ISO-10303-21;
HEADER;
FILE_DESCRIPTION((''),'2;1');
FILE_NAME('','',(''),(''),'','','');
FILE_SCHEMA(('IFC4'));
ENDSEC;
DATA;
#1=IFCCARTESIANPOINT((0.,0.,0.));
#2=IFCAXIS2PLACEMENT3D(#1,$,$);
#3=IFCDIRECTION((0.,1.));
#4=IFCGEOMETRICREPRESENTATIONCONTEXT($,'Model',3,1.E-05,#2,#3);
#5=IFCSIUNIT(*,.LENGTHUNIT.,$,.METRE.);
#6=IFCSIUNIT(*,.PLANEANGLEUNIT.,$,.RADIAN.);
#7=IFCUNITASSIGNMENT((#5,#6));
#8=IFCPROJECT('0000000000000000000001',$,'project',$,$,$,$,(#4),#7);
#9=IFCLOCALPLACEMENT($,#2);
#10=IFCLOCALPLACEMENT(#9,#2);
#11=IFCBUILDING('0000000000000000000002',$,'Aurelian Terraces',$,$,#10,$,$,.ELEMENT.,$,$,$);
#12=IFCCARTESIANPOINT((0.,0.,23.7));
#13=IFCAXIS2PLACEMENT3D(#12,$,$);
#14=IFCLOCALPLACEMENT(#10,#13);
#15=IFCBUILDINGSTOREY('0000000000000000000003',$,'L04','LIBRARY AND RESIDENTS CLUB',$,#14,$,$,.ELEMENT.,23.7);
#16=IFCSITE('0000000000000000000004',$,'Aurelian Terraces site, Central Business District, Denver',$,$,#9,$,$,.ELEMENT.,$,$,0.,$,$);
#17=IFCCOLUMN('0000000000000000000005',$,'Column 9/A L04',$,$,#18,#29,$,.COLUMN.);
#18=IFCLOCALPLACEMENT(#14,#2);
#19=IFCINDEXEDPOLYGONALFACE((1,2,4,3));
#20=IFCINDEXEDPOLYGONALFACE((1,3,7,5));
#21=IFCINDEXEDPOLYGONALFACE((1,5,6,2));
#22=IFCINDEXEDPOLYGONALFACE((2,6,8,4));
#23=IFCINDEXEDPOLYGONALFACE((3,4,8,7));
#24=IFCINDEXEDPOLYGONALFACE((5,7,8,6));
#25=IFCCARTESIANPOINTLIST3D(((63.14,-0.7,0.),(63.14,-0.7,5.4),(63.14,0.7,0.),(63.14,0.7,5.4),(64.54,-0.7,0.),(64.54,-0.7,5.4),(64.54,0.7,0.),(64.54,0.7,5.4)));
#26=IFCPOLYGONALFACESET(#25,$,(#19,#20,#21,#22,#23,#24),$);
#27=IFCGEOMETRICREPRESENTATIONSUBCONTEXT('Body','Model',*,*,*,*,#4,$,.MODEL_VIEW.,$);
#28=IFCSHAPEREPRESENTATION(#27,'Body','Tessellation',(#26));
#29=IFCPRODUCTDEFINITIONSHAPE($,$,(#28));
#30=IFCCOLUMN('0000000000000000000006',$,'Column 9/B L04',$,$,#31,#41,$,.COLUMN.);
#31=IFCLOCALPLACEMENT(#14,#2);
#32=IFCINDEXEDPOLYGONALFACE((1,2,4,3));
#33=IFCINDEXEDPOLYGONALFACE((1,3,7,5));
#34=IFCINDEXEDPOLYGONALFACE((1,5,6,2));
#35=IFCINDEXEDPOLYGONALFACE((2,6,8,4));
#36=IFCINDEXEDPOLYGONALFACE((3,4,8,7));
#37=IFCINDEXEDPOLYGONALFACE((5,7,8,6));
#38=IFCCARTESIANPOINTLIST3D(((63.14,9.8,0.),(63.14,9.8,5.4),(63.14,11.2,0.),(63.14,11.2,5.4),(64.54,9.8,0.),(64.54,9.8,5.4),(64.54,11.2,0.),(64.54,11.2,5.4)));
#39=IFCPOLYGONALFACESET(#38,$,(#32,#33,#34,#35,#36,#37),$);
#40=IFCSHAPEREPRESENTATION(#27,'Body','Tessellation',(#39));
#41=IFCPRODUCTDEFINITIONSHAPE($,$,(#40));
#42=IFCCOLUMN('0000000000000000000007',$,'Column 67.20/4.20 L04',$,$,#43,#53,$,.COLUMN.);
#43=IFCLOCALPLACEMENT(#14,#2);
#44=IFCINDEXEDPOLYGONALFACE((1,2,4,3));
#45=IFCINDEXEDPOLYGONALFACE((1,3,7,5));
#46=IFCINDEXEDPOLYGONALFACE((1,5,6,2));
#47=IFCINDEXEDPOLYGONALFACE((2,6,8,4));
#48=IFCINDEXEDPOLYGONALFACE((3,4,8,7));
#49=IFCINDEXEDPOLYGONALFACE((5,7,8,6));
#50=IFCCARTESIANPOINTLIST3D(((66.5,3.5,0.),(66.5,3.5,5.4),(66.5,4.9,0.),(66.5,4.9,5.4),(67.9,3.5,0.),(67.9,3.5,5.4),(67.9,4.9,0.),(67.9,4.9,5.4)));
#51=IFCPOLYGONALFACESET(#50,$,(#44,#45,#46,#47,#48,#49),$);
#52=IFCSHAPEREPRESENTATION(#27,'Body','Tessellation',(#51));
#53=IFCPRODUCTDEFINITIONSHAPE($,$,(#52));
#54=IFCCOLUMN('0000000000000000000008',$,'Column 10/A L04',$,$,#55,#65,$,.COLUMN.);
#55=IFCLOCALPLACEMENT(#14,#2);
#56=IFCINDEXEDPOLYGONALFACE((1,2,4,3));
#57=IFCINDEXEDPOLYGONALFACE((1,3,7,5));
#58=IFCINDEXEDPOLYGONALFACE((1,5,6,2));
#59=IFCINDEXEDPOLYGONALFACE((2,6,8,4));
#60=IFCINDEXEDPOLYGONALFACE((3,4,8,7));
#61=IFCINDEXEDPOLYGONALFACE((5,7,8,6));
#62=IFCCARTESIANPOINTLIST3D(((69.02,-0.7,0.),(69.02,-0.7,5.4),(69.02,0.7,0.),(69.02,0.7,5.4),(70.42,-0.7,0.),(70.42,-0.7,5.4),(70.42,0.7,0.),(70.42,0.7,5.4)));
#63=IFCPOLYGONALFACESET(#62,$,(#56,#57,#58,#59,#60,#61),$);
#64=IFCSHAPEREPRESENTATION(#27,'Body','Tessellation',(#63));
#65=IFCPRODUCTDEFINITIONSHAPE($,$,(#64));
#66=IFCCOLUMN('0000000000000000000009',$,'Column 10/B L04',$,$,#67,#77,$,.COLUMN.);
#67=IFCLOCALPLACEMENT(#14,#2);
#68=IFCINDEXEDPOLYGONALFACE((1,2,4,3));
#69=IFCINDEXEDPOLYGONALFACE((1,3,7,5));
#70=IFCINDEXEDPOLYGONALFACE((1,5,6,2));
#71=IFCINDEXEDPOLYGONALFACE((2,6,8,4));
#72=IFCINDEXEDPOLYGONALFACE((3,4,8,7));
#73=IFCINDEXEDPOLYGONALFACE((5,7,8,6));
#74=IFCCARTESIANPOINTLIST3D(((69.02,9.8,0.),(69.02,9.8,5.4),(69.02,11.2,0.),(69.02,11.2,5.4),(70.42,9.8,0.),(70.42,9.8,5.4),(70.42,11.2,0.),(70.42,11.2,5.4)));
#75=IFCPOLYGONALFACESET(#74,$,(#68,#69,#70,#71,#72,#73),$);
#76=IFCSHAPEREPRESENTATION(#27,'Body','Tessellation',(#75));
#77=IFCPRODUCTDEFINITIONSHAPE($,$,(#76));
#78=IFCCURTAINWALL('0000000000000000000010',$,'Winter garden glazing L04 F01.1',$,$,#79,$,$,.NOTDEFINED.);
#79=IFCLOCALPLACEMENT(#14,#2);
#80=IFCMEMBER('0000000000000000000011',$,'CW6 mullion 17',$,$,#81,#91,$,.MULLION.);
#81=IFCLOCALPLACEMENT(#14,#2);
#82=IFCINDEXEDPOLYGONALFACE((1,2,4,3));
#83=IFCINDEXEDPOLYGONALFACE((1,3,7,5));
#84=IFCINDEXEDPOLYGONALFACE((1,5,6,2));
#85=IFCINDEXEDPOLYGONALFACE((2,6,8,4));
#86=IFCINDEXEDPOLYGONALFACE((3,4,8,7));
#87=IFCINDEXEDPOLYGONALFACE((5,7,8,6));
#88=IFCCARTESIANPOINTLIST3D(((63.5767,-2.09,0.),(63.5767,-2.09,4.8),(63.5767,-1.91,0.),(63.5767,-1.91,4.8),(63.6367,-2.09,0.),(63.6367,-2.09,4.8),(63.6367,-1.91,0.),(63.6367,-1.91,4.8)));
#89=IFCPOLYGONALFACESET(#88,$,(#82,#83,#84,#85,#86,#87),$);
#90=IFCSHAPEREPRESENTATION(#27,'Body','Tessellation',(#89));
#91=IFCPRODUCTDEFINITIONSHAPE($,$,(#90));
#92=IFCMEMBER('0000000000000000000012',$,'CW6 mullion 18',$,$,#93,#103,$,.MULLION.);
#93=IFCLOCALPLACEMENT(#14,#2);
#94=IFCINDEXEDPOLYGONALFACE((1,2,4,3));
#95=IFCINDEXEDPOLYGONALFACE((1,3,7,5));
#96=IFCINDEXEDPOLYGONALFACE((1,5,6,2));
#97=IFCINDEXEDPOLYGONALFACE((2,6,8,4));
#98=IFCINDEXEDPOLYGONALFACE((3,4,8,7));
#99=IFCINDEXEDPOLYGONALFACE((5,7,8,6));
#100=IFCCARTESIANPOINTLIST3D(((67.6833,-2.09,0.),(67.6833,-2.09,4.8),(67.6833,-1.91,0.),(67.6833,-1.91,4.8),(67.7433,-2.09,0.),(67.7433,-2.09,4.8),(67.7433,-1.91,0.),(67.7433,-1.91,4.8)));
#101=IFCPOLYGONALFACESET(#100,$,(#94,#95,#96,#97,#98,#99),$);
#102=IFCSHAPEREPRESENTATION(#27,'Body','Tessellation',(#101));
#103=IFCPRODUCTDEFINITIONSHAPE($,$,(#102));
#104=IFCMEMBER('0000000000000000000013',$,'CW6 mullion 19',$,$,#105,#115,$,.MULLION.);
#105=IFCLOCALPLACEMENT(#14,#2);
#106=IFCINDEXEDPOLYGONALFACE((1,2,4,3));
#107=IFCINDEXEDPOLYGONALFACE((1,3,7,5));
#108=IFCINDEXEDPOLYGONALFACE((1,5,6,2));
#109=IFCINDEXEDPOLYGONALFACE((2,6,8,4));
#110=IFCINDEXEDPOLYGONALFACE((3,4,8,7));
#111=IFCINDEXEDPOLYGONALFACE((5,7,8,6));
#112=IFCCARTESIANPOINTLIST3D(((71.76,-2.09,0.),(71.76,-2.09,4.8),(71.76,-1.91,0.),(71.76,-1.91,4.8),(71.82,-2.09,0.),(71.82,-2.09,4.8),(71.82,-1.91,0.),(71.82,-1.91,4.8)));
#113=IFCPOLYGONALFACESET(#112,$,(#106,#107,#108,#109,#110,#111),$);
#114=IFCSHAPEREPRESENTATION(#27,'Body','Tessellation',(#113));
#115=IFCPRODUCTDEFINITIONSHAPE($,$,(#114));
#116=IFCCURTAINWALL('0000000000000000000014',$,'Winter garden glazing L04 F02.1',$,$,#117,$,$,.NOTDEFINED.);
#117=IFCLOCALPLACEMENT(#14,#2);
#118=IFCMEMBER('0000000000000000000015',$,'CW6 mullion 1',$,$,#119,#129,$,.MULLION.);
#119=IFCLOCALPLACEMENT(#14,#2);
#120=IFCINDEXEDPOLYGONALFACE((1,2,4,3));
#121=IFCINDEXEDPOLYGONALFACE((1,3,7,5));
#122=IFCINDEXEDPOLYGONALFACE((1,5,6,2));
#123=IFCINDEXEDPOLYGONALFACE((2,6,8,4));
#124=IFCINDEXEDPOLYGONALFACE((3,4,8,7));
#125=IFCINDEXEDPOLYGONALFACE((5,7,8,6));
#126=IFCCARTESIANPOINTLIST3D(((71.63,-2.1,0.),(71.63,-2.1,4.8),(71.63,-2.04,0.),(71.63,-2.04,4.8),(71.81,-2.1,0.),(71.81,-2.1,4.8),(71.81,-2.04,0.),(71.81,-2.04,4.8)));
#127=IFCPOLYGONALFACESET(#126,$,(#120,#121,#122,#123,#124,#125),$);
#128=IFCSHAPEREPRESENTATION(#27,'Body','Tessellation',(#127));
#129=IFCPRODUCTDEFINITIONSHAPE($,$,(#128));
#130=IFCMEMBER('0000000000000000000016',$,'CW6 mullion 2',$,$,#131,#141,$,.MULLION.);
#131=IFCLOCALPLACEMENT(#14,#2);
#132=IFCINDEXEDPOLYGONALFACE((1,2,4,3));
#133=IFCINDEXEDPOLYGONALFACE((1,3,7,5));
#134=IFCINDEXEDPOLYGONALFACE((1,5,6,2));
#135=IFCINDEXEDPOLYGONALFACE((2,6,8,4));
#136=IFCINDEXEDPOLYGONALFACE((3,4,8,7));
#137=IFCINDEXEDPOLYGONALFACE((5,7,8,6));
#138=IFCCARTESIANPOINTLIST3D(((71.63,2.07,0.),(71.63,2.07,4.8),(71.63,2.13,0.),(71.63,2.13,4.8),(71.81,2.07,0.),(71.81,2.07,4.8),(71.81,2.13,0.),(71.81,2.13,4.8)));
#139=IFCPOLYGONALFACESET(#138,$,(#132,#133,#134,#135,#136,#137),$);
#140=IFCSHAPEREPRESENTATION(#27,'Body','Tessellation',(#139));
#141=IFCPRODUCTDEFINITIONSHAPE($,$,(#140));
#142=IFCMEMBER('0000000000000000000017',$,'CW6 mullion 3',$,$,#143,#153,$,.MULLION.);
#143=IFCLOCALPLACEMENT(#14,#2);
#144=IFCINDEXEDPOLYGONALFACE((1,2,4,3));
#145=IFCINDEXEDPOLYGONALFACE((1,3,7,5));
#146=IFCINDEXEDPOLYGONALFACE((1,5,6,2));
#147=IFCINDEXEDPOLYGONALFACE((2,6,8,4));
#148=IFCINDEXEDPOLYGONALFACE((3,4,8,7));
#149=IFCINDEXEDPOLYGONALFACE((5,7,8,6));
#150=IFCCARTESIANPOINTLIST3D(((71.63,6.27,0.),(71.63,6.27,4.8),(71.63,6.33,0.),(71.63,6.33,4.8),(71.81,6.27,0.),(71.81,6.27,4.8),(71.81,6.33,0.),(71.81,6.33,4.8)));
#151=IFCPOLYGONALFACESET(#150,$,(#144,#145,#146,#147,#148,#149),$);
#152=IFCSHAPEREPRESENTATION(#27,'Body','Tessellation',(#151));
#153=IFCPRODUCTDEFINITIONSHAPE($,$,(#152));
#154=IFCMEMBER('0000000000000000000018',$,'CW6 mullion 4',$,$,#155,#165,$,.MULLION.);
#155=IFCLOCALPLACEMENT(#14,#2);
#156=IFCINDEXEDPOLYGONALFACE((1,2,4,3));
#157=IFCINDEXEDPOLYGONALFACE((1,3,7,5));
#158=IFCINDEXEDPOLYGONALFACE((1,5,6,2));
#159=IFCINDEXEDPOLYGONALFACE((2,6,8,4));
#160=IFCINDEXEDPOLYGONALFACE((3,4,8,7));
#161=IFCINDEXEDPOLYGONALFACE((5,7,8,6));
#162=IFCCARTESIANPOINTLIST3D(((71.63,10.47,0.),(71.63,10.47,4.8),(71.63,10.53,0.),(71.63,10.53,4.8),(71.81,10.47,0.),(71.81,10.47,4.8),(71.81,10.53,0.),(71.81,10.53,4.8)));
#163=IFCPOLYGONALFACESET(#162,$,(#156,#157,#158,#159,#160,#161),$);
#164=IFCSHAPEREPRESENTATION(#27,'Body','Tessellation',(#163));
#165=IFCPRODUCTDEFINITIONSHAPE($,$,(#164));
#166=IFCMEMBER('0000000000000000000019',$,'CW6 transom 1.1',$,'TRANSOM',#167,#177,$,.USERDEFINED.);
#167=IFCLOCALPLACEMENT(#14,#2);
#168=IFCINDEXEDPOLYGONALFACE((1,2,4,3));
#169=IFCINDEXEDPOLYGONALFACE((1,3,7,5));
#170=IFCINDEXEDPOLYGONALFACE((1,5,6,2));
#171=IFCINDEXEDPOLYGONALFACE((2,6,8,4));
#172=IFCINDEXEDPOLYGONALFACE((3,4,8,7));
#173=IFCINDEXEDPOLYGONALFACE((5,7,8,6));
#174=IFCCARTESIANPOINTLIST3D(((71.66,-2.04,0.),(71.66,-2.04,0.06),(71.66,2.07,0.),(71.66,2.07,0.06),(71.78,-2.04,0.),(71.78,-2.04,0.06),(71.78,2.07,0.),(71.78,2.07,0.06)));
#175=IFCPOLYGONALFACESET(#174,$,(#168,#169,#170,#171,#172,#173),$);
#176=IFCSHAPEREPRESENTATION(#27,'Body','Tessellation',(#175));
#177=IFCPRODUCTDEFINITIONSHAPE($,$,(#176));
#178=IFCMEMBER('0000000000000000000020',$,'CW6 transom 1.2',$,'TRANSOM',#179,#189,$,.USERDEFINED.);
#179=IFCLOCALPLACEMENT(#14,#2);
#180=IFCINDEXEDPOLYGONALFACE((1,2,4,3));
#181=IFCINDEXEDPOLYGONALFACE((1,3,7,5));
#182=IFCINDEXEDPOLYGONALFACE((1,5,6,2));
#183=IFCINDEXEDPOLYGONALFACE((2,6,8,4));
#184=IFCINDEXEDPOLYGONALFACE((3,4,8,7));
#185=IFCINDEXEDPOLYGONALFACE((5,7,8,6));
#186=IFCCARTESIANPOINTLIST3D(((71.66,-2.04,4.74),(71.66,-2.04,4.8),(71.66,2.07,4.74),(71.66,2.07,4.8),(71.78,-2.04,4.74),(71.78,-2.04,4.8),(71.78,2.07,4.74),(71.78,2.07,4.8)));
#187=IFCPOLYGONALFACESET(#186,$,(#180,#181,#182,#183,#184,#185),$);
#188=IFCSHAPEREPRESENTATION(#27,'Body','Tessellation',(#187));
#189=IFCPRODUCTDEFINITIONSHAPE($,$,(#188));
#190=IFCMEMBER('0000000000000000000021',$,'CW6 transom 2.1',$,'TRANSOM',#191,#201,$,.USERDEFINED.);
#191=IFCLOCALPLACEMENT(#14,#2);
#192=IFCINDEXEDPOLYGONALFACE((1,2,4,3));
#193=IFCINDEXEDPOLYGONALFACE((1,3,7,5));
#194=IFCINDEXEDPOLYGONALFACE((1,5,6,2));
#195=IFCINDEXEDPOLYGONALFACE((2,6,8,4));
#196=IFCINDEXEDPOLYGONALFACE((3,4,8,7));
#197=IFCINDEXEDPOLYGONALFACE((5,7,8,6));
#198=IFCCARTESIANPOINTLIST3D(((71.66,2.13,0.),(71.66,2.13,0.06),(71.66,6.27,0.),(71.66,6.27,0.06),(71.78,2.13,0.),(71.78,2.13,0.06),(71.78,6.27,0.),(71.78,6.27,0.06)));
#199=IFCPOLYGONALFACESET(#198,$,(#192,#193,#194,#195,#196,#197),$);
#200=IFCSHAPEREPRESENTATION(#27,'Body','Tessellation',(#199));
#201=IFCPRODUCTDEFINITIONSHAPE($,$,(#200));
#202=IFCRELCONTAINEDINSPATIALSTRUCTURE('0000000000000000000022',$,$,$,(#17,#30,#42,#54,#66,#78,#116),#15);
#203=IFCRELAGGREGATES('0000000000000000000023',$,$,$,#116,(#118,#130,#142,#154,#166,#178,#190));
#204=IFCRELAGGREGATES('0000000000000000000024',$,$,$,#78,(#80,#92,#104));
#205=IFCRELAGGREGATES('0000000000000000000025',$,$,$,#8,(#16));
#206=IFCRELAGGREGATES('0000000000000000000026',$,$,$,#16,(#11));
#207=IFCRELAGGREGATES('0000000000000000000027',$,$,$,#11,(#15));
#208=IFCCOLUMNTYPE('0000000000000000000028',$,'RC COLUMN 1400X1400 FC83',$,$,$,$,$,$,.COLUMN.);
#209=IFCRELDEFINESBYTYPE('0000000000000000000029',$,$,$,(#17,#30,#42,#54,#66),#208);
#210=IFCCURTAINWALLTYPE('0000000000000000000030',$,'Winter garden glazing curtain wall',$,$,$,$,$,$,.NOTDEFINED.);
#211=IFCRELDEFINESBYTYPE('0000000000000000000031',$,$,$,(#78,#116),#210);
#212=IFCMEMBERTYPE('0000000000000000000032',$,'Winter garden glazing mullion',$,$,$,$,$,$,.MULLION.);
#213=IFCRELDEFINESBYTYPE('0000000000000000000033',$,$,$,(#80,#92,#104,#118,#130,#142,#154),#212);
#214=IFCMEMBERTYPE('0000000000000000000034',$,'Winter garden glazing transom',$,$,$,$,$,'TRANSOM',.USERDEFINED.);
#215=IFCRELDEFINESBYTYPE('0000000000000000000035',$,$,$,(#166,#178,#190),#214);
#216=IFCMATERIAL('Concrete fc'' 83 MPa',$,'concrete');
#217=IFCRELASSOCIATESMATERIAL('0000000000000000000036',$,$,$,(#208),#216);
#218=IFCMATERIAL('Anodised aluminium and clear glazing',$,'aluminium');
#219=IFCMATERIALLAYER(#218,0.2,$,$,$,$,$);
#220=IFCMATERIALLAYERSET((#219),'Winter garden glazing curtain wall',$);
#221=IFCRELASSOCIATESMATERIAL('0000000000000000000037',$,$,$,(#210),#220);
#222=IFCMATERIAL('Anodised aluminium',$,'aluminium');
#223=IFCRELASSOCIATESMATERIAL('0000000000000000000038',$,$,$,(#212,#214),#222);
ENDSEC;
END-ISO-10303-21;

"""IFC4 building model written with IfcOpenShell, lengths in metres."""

from ifc_helpers import new_model, si_unit, direction, frame, origin, origin_2d, place, context, subcontext, project, spatial, rectangle, extrude, source, transform, mapped, material, layer, layer_set, material_profile, profile_set, type_object, element, aggregate, save


model = new_model("IFC4")

# Units and contexts
model_context = context("Model", 3, precision=1e-05, world=origin(), true_north=direction((0.0, 1.0)))
body_context = subcontext(model_context, "Body", "Model", "MODEL_VIEW")
ifc_project = project(units=[si_unit("LENGTHUNIT", "METRE"), si_unit("PLANEANGLEUNIT", "RADIAN")], contexts=[model_context])

# Site, building, storey
site_placement = place(None, origin())
site = spatial("IfcSite", under=ifc_project, at=site_placement, Name="Aurelian Terraces site, Central Business District, Denver", CompositionType="ELEMENT", RefElevation=0.0)
building_placement = place(site_placement, origin())
building = spatial("IfcBuilding", under=site, at=building_placement, Name="Aurelian Terraces", CompositionType="ELEMENT")
storey_placement = place(building_placement, frame((0.0, 0.0, 23.7)))
storey = spatial("IfcBuildingStorey", under=building, at=storey_placement, Name="L04", Description="LIBRARY AND RESIDENTS CLUB", CompositionType="ELEMENT", Elevation=23.7)

# Columns
ifc_material_1 = material(Name="Concrete fc' 83 MPa", Category="concrete")
ifc_material_profile_1 = material_profile(ifc_material_1, rectangle(XDim=1.4, YDim=1.4, at=origin_2d()))
ifc_profile_set_1 = profile_set([ifc_material_profile_1], Name="Concrete fc' 83 MPa")
column_type = type_object("IfcColumnType", Name="RC COLUMN 1400X1400 FC83", PredefinedType="COLUMN", material=ifc_profile_set_1)
shared_shape_1 = source(origin(), body_context, "Body", "SweptSolid", [
    extrude(rectangle(XDim=1.4, YDim=1.4, at=origin_2d()), origin(), (0.0, 0.0, 1.0), 5.4),
])
for number, where, z_axis, x_axis, name in (
    (1, (63.84, 0.0, 0.0), (0.0, 0.0, 1.0), (1.0, 0.0, 0.0), "Column 9/A L04"),
    (2, (63.84, 10.5, 0.0), (0.0, 0.0, 1.0), (1.0, 0.0, 0.0), "Column 9/B L04"),
    (3, (67.2, 4.2, 0.0), (0.0, 0.0, 1.0), (1.0, 0.0, 0.0), "Column 67.20/4.20 L04"),
    (4, (69.72, 0.0, 0.0), (0.0, 0.0, 1.0), (1.0, 0.0, 0.0), "Column 10/A L04"),
    (5, (69.72, 10.5, 0.0), (0.0, 0.0, 1.0), (1.0, 0.0, 0.0), "Column 10/B L04"),
):
    element("IfcColumn", number, at=place(storey_placement, frame(where, z_axis=z_axis, x_axis=x_axis)), inside=storey, type_object=column_type, Name=name, PredefinedType="COLUMN", context=body_context, shape_type="MappedRepresentation", body=[
        mapped(shared_shape_1, transform((0.0, 0.0, 0.0), scale=1.0)),
    ])

# Curtain walls, members
ifc_material_2 = material(Name="Anodised aluminium and clear glazing", Category="aluminium")
ifc_layer_1 = layer(ifc_material_2, 0.2)
ifc_layer_set_1 = layer_set([ifc_layer_1], Name="Winter garden glazing curtain wall")
curtain_wall_type = type_object("IfcCurtainWallType", Name="Winter garden glazing curtain wall", PredefinedType="NOTDEFINED", material=ifc_layer_set_1)
curtain_wall_1_placement = place(storey_placement, origin())
curtain_wall_1 = element("IfcCurtainWall", 6, at=curtain_wall_1_placement, inside=storey, type_object=curtain_wall_type, Name="Winter garden glazing L04 F01.1", PredefinedType="NOTDEFINED")
ifc_material_3 = material(Name="Anodised aluminium", Category="aluminium")
ifc_material_profile_2 = material_profile(ifc_material_3, rectangle(XDim=0.18, YDim=0.06, at=origin_2d()))
ifc_profile_set_2 = profile_set([ifc_material_profile_2], Name="Anodised aluminium")
member_type_1 = type_object("IfcMemberType", Name="Winter garden glazing mullion", PredefinedType="MULLION", material=ifc_profile_set_2)
shared_shape_2 = source(origin(), body_context, "Body", "SweptSolid", [
    extrude(rectangle(XDim=0.18, YDim=0.06, at=origin_2d()), origin(), (0.0, 0.0, 1.0), 4.8),
])
member_1_placement = place(storey_placement, frame((63.6067, -2.0, 0.0), z_axis=(0.0, 0.0, 1.0), x_axis=(0.0, 1.0, 0.0)))
member_1 = element("IfcMember", 7, at=member_1_placement, type_object=member_type_1, Name="CW6 mullion 17", PredefinedType="MULLION", context=body_context, shape_type="MappedRepresentation", body=[
    mapped(shared_shape_2, transform((0.0, 0.0, 0.0), scale=1.0)),
])
member_2_placement = place(storey_placement, frame((67.7133, -2.0, 0.0), z_axis=(0.0, 0.0, 1.0), x_axis=(0.0, 1.0, 0.0)))
member_2 = element("IfcMember", 8, at=member_2_placement, type_object=member_type_1, Name="CW6 mullion 18", PredefinedType="MULLION", context=body_context, shape_type="MappedRepresentation", body=[
    mapped(shared_shape_2, transform((0.0, 0.0, 0.0), scale=1.0)),
])
member_3_placement = place(storey_placement, frame((71.79, -2.0, 0.0), z_axis=(0.0, 0.0, 1.0), x_axis=(0.0, 1.0, 0.0)))
member_3 = element("IfcMember", 9, at=member_3_placement, type_object=member_type_1, Name="CW6 mullion 19", PredefinedType="MULLION", context=body_context, shape_type="MappedRepresentation", body=[
    mapped(shared_shape_2, transform((0.0, 0.0, 0.0), scale=1.0)),
])
curtain_wall_2_placement = place(storey_placement, origin())
curtain_wall_2 = element("IfcCurtainWall", 10, at=curtain_wall_2_placement, inside=storey, type_object=curtain_wall_type, Name="Winter garden glazing L04 F02.1", PredefinedType="NOTDEFINED")
member_4_placement = place(storey_placement, frame((71.72, -2.07, 0.0), z_axis=(0.0, 0.0, 1.0), x_axis=(-1.0, 0.0, 0.0)))
member_4 = element("IfcMember", 11, at=member_4_placement, type_object=member_type_1, Name="CW6 mullion 1", PredefinedType="MULLION", context=body_context, shape_type="MappedRepresentation", body=[
    mapped(shared_shape_2, transform((0.0, 0.0, 0.0), scale=1.0)),
])
member_5_placement = place(storey_placement, frame((71.72, 2.1, 0.0), z_axis=(0.0, 0.0, 1.0), x_axis=(-1.0, 0.0, 0.0)))
member_5 = element("IfcMember", 12, at=member_5_placement, type_object=member_type_1, Name="CW6 mullion 2", PredefinedType="MULLION", context=body_context, shape_type="MappedRepresentation", body=[
    mapped(shared_shape_2, transform((0.0, 0.0, 0.0), scale=1.0)),
])
member_6_placement = place(storey_placement, frame((71.72, 6.3, 0.0), z_axis=(0.0, 0.0, 1.0), x_axis=(-1.0, 0.0, 0.0)))
member_6 = element("IfcMember", 13, at=member_6_placement, type_object=member_type_1, Name="CW6 mullion 3", PredefinedType="MULLION", context=body_context, shape_type="MappedRepresentation", body=[
    mapped(shared_shape_2, transform((0.0, 0.0, 0.0), scale=1.0)),
])
member_7_placement = place(storey_placement, frame((71.72, 10.5, 0.0), z_axis=(0.0, 0.0, 1.0), x_axis=(-1.0, 0.0, 0.0)))
member_7 = element("IfcMember", 14, at=member_7_placement, type_object=member_type_1, Name="CW6 mullion 4", PredefinedType="MULLION", context=body_context, shape_type="MappedRepresentation", body=[
    mapped(shared_shape_2, transform((0.0, 0.0, 0.0), scale=1.0)),
])
ifc_material_profile_3 = material_profile(ifc_material_3, rectangle(XDim=0.12, YDim=0.06, at=origin_2d()))
ifc_profile_set_3 = profile_set([ifc_material_profile_3], Name="Anodised aluminium")
member_type_2 = type_object("IfcMemberType", Name="Winter garden glazing transom", ElementType="TRANSOM", PredefinedType="USERDEFINED", material=ifc_profile_set_3)
shared_shape_3 = source(origin(), body_context, "Body", "SweptSolid", [
    extrude(rectangle(XDim=0.12, YDim=0.06, at=origin_2d()), origin(), (0.0, 0.0, 1.0), 4.11),
])
member_8_placement = place(storey_placement, frame((71.72, -2.04, 0.03), z_axis=(0.0, 1.0, 0.0), x_axis=(-1.0, 0.0, 0.0)))
member_8 = element("IfcMember", 15, at=member_8_placement, type_object=member_type_2, Name="CW6 transom 1.1", ObjectType="TRANSOM", PredefinedType="USERDEFINED", context=body_context, shape_type="MappedRepresentation", body=[
    mapped(shared_shape_3, transform((0.0, 0.0, 0.0), scale=1.0)),
])
member_9_placement = place(storey_placement, frame((71.72, -2.04, 4.77), z_axis=(0.0, 1.0, 0.0), x_axis=(-1.0, 0.0, 0.0)))
member_9 = element("IfcMember", 16, at=member_9_placement, type_object=member_type_2, Name="CW6 transom 1.2", ObjectType="TRANSOM", PredefinedType="USERDEFINED", context=body_context, shape_type="MappedRepresentation", body=[
    mapped(shared_shape_3, transform((0.0, 0.0, 0.0), scale=1.0)),
])
shared_shape_4 = source(origin(), body_context, "Body", "SweptSolid", [
    extrude(rectangle(XDim=0.12, YDim=0.06, at=origin_2d()), origin(), (0.0, 0.0, 1.0), 4.14),
])
member_10_placement = place(storey_placement, frame((71.72, 2.13, 0.03), z_axis=(0.0, 1.0, 0.0), x_axis=(-1.0, 0.0, 0.0)))
member_10 = element("IfcMember", 17, at=member_10_placement, type_object=member_type_2, Name="CW6 transom 2.1", ObjectType="TRANSOM", PredefinedType="USERDEFINED", context=body_context, shape_type="MappedRepresentation", body=[
    mapped(shared_shape_4, transform((0.0, 0.0, 0.0), scale=1.0)),
])

aggregate(curtain_wall_2, [member_4, member_5, member_6, member_7, member_8, member_9, member_10])
aggregate(curtain_wall_1, [member_1, member_2, member_3])

save(model, "model.ifc")
